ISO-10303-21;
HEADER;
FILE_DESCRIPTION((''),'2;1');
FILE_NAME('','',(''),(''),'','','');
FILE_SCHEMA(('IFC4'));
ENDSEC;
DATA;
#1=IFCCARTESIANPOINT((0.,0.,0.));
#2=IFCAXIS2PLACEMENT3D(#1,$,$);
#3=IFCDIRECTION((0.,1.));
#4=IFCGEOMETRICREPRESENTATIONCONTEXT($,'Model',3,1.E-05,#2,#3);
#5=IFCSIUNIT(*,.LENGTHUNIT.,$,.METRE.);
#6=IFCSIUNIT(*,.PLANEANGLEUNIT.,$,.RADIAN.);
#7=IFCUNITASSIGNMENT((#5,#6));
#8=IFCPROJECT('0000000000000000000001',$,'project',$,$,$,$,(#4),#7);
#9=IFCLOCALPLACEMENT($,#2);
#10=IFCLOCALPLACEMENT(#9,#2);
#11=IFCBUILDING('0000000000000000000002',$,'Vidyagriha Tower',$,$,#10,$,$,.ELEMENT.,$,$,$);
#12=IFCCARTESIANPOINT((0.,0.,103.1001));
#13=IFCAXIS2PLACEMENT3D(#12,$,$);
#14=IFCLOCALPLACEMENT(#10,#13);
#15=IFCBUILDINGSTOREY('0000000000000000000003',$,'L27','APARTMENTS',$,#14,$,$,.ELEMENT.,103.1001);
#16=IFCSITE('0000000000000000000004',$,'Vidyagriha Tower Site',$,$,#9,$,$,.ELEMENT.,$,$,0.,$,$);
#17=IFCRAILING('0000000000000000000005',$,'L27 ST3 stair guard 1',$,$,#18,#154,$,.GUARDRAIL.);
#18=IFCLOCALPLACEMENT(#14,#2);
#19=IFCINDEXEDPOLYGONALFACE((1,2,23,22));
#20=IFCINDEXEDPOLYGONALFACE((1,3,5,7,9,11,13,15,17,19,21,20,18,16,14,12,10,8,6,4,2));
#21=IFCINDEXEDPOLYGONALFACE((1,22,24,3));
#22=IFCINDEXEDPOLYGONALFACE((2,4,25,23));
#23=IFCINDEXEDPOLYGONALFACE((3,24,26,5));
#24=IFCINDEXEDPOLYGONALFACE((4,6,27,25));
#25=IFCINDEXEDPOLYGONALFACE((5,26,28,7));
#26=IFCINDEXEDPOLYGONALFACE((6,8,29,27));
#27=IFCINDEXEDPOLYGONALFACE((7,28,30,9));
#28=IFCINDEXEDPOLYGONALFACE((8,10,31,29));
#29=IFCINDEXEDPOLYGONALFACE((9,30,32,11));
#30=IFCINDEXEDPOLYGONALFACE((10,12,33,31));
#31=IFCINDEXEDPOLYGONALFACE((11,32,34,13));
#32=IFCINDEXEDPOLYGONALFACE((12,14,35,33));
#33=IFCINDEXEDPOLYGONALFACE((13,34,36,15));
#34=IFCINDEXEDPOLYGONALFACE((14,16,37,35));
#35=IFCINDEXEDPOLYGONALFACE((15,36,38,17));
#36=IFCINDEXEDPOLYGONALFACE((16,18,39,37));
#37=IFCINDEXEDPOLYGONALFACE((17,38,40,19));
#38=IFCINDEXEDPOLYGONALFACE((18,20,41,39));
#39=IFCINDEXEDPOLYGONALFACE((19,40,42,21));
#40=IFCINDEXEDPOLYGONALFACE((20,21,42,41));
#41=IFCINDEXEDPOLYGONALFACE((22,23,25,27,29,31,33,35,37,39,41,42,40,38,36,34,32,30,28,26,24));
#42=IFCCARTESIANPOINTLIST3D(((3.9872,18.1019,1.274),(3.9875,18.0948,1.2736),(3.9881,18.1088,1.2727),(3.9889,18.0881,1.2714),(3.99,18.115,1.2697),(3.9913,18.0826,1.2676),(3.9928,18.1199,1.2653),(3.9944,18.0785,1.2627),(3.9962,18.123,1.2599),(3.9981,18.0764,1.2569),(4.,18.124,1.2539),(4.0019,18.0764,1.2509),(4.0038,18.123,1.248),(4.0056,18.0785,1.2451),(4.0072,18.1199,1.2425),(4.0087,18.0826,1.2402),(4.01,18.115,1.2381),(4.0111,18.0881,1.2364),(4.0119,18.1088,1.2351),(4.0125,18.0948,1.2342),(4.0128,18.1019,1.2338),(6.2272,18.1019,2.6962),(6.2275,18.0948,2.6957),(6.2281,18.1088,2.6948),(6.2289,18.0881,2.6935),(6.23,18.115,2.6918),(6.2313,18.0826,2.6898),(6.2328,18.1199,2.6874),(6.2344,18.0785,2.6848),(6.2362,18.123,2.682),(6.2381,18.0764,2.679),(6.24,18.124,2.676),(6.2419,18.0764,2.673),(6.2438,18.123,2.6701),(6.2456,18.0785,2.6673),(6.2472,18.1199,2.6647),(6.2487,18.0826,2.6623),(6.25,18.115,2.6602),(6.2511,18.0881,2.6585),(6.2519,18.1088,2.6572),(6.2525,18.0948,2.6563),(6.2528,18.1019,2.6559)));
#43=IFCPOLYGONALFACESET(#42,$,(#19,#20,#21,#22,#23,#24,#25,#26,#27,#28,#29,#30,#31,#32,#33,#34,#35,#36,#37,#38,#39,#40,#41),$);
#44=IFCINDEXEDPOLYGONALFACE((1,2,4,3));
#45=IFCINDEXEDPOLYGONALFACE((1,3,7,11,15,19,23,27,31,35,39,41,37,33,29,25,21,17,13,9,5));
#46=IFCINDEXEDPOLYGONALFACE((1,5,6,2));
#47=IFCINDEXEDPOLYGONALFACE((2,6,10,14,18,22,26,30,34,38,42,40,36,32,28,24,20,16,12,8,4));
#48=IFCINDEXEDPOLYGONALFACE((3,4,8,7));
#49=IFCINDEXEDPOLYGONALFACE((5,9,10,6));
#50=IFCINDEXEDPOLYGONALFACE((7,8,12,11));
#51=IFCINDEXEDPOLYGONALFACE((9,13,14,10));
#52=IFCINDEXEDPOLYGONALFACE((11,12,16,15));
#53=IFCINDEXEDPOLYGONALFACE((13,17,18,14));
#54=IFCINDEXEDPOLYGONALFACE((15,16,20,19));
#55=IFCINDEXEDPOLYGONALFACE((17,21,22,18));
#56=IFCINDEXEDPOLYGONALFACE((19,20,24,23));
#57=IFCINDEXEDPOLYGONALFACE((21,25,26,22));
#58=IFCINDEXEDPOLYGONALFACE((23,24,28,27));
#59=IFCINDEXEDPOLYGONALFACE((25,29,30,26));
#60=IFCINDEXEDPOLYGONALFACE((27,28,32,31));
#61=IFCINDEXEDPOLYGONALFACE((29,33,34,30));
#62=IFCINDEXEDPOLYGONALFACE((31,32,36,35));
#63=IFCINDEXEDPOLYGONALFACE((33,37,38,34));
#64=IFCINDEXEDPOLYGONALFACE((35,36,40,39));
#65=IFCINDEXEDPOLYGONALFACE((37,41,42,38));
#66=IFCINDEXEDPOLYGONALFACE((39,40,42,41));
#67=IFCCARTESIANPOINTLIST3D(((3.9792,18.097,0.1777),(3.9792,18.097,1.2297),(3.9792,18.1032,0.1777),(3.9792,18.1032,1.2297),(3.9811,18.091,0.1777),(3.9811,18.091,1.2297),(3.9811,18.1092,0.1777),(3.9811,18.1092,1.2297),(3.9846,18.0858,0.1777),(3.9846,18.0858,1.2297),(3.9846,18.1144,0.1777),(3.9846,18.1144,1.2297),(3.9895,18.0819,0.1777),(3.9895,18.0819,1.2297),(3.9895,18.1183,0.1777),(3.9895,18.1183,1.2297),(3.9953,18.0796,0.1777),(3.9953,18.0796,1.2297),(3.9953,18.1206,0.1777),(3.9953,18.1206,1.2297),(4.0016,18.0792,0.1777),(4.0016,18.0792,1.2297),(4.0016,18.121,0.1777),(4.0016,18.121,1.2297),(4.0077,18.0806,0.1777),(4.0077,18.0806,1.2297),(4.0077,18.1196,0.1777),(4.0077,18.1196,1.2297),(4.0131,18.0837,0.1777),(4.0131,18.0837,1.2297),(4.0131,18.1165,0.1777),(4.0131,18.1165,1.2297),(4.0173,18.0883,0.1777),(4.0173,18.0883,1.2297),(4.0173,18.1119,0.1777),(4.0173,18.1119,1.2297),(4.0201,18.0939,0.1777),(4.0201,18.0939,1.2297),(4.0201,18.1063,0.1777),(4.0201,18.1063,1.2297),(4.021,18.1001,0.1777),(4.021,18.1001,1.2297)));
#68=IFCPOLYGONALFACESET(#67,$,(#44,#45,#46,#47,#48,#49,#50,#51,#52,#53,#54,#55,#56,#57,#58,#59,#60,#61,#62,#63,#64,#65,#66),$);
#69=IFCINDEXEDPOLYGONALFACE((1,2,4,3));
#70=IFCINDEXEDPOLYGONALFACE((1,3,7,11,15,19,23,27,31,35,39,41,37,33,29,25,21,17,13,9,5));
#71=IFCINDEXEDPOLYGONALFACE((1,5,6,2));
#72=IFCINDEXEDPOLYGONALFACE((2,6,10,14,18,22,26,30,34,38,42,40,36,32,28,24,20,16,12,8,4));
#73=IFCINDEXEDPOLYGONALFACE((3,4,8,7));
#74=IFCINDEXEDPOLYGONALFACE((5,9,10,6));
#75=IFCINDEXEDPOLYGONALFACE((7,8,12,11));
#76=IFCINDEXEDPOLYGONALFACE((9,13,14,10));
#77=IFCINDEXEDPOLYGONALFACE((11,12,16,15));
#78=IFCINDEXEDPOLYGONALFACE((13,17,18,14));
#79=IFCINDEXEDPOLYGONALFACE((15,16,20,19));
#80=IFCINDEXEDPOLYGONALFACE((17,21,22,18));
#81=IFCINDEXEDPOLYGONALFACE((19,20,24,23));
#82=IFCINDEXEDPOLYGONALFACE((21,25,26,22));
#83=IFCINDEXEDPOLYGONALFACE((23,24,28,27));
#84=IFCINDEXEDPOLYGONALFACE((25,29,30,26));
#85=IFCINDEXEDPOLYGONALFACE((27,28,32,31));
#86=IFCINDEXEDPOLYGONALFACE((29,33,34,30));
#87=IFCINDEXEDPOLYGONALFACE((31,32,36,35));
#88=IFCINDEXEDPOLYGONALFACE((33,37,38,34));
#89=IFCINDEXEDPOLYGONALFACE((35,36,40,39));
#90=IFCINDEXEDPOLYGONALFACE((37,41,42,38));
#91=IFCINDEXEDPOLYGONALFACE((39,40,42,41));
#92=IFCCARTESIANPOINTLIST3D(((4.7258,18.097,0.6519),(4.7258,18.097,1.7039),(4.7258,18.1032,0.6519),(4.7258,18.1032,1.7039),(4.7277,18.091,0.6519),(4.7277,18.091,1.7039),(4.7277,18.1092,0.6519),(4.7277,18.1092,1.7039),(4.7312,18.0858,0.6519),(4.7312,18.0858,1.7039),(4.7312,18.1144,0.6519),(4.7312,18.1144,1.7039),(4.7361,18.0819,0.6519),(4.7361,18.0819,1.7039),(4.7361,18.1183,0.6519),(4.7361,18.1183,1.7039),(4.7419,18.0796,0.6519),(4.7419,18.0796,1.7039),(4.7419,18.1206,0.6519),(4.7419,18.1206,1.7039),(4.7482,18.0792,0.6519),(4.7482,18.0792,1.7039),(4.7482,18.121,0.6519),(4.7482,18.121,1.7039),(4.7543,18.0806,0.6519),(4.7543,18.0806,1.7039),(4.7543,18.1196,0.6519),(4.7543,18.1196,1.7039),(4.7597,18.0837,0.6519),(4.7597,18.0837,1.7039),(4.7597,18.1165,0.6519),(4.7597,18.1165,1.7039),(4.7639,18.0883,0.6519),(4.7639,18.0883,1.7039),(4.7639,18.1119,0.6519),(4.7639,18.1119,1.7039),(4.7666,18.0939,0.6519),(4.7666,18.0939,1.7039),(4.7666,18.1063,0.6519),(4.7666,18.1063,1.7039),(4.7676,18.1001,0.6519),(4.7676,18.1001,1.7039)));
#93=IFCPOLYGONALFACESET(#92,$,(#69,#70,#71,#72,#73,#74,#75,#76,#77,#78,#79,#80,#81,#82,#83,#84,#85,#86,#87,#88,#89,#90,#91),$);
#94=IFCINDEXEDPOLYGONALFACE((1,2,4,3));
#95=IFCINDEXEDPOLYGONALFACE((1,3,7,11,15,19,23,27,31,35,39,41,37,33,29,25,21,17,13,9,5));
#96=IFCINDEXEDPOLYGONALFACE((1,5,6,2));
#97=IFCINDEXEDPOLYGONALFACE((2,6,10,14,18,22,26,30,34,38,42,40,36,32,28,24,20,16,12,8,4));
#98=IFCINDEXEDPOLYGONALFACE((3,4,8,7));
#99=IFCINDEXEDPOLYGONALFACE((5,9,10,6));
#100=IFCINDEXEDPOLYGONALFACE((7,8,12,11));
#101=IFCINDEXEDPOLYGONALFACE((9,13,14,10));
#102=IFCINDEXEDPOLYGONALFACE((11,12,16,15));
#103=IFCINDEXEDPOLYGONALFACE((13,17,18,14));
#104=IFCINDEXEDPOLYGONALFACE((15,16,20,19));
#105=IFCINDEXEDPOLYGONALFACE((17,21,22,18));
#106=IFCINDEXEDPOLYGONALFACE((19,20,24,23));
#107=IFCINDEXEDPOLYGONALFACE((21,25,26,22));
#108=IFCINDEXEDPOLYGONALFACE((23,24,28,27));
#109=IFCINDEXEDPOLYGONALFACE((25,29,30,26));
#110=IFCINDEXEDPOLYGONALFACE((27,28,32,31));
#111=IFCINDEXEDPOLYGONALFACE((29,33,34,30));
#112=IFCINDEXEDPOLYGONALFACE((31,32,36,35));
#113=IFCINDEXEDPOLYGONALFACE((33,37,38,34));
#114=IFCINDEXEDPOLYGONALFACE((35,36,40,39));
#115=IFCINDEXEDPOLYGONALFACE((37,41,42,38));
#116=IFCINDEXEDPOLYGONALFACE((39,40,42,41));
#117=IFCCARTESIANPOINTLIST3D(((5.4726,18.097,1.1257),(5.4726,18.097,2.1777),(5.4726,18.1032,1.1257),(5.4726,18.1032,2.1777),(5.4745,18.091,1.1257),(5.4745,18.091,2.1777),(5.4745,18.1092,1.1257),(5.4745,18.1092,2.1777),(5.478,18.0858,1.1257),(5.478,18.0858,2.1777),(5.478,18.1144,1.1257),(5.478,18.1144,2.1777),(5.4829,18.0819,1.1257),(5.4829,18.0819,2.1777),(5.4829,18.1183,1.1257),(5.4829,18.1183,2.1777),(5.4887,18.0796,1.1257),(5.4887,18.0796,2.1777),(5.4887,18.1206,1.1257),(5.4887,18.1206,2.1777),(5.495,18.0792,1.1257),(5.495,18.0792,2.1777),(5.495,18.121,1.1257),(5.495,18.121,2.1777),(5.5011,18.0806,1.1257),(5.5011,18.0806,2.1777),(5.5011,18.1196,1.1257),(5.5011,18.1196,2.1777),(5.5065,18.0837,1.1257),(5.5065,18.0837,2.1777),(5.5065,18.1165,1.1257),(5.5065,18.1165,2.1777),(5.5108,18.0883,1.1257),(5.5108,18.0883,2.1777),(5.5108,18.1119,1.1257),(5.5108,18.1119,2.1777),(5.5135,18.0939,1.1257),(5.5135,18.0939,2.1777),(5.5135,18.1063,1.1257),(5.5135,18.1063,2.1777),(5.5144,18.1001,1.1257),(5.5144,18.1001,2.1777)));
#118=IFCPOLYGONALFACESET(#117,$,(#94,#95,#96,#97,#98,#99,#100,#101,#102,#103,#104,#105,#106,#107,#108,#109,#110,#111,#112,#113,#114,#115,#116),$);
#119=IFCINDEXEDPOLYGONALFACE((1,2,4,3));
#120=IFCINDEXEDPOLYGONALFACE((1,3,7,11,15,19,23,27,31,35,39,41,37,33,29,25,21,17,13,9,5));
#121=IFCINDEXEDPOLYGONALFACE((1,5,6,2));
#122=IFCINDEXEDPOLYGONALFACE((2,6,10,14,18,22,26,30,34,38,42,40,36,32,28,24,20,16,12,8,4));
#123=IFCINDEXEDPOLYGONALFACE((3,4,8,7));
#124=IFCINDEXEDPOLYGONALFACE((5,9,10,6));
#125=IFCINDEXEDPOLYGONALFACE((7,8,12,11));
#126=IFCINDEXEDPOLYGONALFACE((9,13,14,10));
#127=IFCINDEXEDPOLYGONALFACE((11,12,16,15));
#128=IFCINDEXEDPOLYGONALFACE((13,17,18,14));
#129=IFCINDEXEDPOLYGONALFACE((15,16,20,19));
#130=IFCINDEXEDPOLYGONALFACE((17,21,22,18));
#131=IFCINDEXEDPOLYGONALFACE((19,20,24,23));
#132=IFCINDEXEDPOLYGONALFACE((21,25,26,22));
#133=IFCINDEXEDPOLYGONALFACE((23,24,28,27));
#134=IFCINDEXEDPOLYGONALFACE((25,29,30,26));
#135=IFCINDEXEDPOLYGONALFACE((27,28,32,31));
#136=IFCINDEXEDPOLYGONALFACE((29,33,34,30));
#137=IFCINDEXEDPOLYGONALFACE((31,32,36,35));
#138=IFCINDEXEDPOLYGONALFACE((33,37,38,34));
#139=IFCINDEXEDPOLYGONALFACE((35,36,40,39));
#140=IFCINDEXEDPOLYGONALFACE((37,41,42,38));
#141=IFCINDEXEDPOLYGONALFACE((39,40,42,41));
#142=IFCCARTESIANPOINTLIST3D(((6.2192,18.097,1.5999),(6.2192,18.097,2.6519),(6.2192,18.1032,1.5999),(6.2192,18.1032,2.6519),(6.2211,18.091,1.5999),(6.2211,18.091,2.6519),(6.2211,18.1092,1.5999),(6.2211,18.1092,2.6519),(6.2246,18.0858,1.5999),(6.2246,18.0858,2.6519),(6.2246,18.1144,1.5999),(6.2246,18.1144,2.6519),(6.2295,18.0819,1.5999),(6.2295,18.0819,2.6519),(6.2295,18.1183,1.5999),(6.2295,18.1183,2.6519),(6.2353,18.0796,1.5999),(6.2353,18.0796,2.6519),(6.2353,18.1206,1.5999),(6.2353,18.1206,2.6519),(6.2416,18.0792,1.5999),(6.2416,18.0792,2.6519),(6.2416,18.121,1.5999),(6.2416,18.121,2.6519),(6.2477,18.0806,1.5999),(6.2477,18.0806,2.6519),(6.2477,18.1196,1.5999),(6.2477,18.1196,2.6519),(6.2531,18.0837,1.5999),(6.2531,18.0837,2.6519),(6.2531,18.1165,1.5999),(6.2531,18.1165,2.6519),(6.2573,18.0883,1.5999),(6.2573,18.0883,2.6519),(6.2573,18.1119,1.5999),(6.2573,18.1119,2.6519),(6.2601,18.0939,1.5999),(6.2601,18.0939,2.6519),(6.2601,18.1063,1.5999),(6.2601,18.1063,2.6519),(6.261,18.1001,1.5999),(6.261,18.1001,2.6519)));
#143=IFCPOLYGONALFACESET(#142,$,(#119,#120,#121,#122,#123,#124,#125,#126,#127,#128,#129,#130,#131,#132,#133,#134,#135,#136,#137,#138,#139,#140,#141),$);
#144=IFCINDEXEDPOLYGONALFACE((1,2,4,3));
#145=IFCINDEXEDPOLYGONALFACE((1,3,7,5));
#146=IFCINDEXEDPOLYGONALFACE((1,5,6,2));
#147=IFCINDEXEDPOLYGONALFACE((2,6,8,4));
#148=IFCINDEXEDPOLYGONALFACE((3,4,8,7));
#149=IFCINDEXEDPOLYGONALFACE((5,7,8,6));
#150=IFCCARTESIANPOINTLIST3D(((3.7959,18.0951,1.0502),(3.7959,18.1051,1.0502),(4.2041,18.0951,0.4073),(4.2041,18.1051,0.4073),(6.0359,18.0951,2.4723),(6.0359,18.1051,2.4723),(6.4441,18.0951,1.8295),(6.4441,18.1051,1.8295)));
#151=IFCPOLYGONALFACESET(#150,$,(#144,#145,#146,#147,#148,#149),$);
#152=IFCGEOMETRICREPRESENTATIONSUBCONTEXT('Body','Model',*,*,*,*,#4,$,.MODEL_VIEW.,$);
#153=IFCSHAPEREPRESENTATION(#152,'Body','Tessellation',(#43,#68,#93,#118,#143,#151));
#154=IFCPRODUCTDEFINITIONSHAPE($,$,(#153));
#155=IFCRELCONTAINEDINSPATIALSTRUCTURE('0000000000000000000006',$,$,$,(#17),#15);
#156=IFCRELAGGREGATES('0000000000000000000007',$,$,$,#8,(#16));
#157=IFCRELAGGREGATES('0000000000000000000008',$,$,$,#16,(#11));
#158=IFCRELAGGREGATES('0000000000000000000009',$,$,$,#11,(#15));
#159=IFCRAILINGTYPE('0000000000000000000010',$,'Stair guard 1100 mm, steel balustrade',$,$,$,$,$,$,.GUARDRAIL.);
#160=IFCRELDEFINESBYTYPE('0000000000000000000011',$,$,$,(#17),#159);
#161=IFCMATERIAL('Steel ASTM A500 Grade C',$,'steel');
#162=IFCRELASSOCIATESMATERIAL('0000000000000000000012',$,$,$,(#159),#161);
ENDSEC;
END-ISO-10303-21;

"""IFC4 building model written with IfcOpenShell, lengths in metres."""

from ifc_helpers import new_model, si_unit, direction, frame, origin, origin_2d, place, context, subcontext, project, spatial, rectangle, circle, extrude, material, type_object, element, save


model = new_model("IFC4")

# Units and contexts
model_context = context("Model", 3, precision=1e-05, world=origin(), true_north=direction((0.0, 1.0)))
body_context = subcontext(model_context, "Body", "Model", "MODEL_VIEW")
ifc_project = project(units=[si_unit("LENGTHUNIT", "METRE"), si_unit("PLANEANGLEUNIT", "RADIAN")], contexts=[model_context])

# Site, building, storey
site_placement = place(None, origin())
site = spatial("IfcSite", under=ifc_project, at=site_placement, Name="Vidyagriha Tower Site", CompositionType="ELEMENT", RefElevation=0.0)
building_placement = place(site_placement, origin())
building = spatial("IfcBuilding", under=site, at=building_placement, Name="Vidyagriha Tower", CompositionType="ELEMENT")
storey_placement = place(building_placement, frame((0.0, 0.0, 103.1001)))
storey = spatial("IfcBuildingStorey", under=building, at=storey_placement, Name="L27", Description="APARTMENTS", CompositionType="ELEMENT", Elevation=103.1001)

# Railing
ifc_material_1 = material(Name="Steel ASTM A500 Grade C", Category="steel")
railing_type_1 = type_object("IfcRailingType", Name="Stair guard 1100 mm, steel balustrade", PredefinedType="GUARDRAIL", material=ifc_material_1)
railing_1_placement = place(storey_placement, frame((4.0, 18.1001, 0.1777)))
element("IfcRailing", 1, at=railing_1_placement, inside=storey, type_object=railing_type_1, Name="L27 ST3 stair guard 1", PredefinedType="GUARDRAIL", context=body_context, shape_type="SweptSolid", body=[
    extrude(circle(Radius=0.0239, at=origin_2d()), frame((0.0, 0.0, 1.0762), z_axis=(0.844229, 0.0, 0.535982), x_axis=(0.0, 1.0, 0.0)), (0.0, 0.0, 1.0), 2.6533),
    extrude(circle(Radius=0.021, at=origin_2d()), origin(), (0.0, 0.0, 1.0), 1.052),
    extrude(circle(Radius=0.021, at=origin_2d()), frame((0.7466, 0.0, 0.4741)), (0.0, 0.0, 1.0), 1.052),
    extrude(circle(Radius=0.021, at=origin_2d()), frame((1.4934, 0.0, 0.948)), (0.0, 0.0, 1.0), 1.052),
    extrude(circle(Radius=0.021, at=origin_2d()), frame((2.24, 0.0, 1.4221)), (0.0, 0.0, 1.0), 1.052),
    extrude(rectangle(XDim=0.01, YDim=0.7615, at=origin_2d()), frame((0.0, 0.0, 0.551), z_axis=(0.844229, 0.0, 0.535982), x_axis=(0.0, 1.0, 0.0)), (0.0, 0.0, 1.0), 2.6533),
])

save(model, "model.ifc")
